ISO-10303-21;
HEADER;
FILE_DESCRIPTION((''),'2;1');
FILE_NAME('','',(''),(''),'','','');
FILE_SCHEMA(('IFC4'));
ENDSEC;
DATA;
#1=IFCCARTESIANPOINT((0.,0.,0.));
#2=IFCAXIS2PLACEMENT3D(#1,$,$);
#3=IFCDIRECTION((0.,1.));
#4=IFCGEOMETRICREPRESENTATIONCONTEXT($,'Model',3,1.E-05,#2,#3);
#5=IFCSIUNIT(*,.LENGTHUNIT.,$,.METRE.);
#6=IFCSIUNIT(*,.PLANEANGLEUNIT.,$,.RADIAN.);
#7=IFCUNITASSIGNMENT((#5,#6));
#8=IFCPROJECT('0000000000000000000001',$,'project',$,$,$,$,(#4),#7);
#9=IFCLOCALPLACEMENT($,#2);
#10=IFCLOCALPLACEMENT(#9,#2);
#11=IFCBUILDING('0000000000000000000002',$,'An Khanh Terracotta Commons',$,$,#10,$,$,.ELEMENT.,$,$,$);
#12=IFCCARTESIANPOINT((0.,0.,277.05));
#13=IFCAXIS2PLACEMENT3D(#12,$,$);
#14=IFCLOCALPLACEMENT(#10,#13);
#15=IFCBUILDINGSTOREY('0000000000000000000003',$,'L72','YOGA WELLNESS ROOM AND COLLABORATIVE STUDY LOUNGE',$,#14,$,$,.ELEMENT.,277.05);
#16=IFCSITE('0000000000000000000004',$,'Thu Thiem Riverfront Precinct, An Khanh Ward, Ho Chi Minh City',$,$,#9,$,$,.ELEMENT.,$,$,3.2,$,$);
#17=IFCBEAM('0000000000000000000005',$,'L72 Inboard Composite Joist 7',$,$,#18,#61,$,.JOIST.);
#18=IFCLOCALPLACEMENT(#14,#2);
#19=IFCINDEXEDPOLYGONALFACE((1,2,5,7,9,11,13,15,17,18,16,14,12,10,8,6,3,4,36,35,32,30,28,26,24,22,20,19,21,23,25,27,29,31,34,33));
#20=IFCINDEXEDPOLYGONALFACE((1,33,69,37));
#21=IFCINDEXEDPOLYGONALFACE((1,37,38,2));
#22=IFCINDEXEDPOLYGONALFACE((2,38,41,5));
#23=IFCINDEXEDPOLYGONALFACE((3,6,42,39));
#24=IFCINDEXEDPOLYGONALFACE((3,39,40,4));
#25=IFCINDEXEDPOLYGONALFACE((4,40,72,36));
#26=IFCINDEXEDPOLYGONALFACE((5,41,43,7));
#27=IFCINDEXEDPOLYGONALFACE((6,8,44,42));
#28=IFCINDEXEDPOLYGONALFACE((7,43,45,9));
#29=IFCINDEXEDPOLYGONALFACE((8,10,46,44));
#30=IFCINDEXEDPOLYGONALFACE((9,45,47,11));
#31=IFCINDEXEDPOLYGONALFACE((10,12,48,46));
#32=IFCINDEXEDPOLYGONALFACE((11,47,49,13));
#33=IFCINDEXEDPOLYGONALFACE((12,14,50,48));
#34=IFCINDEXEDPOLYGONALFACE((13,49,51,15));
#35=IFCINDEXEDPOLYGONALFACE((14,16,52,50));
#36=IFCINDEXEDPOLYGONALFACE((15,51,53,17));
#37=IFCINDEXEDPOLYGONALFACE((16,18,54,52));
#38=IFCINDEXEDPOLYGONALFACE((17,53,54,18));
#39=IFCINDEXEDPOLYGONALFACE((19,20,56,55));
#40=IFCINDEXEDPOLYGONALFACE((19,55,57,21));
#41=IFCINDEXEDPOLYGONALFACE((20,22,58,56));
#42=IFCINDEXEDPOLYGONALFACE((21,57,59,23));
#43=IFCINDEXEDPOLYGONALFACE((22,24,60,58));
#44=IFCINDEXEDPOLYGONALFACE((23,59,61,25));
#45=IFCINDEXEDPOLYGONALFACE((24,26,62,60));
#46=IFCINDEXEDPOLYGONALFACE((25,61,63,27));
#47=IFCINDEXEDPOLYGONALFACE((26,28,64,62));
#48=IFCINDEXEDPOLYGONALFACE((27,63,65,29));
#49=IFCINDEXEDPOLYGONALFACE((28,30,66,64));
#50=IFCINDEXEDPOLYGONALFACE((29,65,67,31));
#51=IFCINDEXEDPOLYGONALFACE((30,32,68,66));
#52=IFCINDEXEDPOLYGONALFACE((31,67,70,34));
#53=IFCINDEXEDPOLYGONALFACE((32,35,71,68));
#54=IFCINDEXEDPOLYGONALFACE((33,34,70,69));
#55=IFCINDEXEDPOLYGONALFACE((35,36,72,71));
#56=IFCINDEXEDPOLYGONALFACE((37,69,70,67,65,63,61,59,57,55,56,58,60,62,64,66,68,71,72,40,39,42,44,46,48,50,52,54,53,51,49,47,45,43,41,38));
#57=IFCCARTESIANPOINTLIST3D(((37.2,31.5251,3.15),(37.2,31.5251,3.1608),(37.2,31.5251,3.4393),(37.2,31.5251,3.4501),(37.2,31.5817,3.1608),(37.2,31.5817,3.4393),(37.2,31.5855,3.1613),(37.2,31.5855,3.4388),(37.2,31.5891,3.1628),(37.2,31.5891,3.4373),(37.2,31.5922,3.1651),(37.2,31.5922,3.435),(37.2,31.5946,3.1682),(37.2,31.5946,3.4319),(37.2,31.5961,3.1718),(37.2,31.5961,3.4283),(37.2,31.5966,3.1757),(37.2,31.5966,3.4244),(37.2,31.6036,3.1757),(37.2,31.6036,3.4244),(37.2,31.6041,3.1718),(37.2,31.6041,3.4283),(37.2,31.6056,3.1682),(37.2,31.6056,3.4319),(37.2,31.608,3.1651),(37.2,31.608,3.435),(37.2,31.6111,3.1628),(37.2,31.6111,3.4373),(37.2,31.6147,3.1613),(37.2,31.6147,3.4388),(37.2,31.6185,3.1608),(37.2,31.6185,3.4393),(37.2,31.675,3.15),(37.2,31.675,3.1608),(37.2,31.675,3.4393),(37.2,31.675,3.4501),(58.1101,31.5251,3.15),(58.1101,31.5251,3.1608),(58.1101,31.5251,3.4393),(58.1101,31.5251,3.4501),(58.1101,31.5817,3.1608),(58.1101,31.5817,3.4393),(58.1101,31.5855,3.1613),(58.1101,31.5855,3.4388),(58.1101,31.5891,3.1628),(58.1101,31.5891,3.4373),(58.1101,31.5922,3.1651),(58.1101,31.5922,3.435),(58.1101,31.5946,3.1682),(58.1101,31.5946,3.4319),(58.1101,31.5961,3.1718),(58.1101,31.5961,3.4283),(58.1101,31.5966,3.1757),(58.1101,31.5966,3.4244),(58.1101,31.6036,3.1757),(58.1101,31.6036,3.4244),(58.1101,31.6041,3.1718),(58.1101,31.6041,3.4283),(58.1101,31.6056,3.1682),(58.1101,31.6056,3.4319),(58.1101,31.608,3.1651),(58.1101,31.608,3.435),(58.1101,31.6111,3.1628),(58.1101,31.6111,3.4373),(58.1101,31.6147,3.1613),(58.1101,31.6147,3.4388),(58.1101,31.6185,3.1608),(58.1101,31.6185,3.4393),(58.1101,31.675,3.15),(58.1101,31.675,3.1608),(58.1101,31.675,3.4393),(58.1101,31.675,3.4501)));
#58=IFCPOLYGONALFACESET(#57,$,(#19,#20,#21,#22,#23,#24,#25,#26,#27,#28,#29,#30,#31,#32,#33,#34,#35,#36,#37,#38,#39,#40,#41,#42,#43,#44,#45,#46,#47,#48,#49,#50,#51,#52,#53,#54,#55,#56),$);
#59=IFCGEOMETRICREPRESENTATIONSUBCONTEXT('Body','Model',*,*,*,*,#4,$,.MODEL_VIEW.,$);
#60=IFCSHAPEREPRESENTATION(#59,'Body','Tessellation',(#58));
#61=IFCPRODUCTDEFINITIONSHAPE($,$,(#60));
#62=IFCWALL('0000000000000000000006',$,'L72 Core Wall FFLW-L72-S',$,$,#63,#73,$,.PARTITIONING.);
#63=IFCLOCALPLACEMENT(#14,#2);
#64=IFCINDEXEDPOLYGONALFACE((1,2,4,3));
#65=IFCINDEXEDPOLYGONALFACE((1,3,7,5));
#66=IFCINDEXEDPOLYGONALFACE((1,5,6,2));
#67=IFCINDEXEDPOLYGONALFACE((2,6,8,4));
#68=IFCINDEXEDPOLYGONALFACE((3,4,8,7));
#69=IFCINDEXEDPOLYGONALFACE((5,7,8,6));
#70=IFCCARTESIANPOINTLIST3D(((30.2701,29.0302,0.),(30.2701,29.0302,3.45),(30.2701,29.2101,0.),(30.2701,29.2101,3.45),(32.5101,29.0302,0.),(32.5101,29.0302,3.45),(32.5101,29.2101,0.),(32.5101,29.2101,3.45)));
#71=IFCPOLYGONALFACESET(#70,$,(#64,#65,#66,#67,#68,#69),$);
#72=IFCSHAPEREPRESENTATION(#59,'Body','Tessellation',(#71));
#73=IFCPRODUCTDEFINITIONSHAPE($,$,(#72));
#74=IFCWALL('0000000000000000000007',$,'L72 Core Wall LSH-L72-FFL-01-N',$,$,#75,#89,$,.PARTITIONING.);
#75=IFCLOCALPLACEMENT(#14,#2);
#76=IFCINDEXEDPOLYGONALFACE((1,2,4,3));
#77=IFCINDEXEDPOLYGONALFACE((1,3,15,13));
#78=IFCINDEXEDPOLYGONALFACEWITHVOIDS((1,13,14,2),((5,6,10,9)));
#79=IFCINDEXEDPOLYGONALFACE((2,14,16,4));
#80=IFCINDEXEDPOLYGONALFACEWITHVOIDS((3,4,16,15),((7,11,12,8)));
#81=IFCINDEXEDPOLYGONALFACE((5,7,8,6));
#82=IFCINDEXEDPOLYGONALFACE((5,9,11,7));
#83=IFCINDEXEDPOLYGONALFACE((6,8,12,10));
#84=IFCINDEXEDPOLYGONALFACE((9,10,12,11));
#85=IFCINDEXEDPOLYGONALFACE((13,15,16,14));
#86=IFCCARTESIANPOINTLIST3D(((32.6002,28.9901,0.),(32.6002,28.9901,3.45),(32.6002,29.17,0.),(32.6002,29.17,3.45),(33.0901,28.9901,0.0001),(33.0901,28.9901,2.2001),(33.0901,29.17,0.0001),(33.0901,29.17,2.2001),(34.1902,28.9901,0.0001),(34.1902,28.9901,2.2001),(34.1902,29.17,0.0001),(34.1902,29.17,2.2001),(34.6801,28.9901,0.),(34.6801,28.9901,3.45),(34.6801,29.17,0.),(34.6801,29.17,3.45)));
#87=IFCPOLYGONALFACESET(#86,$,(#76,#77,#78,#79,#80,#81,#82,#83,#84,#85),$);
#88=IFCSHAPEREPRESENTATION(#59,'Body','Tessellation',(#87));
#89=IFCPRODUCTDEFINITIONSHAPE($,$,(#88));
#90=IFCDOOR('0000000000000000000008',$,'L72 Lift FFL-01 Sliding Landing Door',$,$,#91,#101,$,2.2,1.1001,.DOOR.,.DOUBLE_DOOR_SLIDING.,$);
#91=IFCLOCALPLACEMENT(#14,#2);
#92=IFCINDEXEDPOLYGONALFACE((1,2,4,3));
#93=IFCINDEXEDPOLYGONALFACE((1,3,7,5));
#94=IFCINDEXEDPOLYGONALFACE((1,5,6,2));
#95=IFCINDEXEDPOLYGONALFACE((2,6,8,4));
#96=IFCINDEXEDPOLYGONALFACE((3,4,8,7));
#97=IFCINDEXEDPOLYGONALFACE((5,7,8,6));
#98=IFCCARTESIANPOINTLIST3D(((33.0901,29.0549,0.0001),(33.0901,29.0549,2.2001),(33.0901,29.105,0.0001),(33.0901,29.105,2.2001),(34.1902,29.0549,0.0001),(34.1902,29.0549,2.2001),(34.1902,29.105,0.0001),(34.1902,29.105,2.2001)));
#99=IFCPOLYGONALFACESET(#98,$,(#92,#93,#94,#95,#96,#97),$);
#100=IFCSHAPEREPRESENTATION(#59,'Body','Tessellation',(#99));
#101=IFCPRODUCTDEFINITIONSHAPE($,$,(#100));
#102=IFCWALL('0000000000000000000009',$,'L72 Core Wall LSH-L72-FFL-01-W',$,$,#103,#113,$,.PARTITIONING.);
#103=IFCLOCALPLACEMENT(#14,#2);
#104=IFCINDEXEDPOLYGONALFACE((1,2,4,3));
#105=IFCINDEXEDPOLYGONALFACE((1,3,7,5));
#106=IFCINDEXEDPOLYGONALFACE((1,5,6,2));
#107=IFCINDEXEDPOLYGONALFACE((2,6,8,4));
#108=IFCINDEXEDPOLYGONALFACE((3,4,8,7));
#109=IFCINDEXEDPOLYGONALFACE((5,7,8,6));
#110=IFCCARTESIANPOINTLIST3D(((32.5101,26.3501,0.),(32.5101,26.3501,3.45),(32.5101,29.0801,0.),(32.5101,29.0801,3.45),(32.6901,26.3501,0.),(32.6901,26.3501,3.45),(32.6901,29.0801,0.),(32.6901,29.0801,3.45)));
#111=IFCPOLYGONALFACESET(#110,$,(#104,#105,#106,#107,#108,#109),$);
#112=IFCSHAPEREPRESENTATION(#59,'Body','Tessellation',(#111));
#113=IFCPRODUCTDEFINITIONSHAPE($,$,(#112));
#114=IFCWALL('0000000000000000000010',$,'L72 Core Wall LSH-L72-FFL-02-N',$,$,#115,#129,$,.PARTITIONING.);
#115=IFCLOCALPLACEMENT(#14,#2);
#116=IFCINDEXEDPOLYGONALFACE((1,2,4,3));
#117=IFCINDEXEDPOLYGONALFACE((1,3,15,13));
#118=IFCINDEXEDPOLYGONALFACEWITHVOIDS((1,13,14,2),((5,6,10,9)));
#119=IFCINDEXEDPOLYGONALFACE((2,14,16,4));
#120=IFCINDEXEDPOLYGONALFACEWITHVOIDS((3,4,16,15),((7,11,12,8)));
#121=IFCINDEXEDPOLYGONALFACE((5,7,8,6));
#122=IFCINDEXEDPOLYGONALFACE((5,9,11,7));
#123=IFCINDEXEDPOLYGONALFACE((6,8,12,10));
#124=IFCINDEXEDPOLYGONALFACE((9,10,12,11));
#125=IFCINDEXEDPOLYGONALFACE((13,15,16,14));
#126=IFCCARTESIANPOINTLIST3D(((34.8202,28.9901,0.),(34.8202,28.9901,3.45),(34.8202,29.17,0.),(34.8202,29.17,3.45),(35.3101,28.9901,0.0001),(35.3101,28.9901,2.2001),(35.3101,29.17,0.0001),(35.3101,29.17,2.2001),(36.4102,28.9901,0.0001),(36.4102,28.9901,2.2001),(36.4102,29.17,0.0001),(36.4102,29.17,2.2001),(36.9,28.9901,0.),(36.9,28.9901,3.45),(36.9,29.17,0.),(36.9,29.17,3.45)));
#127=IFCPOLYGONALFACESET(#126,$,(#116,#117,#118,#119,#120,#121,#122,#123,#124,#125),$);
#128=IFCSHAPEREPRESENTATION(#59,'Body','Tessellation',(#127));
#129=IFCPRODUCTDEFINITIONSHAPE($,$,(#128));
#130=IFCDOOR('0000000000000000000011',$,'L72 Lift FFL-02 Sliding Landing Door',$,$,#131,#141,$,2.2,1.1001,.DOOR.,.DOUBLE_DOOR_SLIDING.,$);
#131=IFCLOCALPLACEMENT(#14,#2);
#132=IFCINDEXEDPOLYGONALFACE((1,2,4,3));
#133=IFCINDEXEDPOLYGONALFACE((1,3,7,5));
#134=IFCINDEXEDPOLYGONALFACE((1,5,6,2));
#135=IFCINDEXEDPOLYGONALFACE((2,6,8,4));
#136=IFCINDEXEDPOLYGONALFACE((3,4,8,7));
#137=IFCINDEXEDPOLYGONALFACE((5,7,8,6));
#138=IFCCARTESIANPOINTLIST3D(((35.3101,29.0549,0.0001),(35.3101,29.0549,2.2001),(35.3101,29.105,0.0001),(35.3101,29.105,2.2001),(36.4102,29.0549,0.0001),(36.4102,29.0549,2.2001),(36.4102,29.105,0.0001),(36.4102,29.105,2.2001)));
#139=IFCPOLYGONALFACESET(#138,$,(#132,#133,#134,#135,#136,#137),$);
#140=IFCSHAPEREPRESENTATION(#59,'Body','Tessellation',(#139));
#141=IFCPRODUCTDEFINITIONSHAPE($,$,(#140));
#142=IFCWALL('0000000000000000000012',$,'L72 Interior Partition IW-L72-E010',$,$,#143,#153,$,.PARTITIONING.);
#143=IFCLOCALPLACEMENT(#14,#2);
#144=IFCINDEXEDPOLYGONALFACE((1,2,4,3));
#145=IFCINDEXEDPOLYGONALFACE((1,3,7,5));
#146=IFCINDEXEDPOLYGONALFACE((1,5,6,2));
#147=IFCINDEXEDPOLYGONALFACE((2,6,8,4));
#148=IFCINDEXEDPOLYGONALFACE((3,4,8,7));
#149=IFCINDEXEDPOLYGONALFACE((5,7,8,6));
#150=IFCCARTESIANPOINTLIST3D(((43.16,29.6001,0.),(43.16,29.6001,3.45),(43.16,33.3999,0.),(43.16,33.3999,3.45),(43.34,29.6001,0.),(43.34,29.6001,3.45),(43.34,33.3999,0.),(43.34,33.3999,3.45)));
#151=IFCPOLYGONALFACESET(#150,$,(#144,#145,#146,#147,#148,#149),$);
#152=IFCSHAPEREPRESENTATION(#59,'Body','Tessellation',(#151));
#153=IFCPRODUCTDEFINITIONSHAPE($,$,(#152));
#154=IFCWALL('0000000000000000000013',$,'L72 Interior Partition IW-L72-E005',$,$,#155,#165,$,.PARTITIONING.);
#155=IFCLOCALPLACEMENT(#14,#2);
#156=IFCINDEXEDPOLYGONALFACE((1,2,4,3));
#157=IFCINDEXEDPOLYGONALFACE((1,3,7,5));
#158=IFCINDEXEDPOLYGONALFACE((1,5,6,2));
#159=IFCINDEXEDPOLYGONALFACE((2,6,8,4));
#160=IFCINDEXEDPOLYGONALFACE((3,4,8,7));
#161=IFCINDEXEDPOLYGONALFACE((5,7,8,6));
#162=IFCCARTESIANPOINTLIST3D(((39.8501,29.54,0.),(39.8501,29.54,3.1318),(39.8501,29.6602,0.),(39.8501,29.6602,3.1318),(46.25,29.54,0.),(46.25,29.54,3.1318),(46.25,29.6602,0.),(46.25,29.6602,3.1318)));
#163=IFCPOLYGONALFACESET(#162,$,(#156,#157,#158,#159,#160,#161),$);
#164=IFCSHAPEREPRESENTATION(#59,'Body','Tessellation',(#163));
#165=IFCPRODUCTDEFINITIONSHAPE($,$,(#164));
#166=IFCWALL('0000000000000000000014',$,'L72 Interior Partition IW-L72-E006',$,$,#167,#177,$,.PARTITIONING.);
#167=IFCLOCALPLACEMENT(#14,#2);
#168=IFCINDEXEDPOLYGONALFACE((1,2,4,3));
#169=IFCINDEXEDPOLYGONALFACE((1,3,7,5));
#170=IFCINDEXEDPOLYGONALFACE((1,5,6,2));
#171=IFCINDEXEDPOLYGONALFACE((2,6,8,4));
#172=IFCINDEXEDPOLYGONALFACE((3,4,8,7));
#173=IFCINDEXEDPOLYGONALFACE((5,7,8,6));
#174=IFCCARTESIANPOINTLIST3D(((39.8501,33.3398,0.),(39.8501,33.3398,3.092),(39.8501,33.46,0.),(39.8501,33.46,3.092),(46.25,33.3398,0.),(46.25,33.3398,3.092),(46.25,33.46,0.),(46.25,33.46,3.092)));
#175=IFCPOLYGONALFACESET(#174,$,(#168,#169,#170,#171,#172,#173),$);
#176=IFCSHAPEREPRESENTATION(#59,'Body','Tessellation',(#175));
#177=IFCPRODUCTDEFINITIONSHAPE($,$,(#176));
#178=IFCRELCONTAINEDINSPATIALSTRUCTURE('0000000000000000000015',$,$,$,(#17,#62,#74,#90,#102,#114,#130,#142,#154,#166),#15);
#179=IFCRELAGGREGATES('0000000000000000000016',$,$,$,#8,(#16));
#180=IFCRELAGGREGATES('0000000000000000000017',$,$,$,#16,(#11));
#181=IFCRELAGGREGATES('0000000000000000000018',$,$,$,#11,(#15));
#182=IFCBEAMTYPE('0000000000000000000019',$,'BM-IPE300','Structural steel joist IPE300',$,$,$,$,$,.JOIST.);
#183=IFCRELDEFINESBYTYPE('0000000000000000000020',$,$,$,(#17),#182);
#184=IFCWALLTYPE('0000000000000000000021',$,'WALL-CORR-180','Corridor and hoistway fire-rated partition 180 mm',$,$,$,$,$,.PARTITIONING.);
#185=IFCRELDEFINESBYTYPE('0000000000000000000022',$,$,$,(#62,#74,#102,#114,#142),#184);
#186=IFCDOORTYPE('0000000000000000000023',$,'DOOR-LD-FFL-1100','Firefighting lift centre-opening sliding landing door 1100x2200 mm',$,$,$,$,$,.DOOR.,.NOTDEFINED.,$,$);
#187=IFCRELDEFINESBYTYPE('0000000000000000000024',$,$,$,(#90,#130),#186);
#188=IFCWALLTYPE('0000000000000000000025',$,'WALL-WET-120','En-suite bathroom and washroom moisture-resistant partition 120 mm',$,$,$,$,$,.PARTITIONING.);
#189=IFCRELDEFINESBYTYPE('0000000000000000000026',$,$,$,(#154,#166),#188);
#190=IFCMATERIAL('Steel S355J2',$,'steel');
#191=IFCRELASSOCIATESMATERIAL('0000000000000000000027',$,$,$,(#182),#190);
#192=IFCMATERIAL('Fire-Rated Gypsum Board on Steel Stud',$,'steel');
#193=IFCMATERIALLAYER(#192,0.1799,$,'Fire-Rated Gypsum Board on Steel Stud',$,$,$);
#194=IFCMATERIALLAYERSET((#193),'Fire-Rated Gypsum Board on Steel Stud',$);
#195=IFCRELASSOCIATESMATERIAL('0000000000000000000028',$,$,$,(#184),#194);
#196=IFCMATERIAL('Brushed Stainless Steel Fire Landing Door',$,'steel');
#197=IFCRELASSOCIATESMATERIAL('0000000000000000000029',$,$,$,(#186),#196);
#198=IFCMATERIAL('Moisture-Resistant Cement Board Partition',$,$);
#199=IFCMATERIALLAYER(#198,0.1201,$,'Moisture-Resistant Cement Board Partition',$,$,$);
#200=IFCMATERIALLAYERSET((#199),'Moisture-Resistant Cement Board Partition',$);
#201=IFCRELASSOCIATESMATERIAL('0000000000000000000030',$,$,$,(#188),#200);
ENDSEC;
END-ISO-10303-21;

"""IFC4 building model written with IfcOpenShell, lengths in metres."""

from ifc_helpers import new_model, si_unit, direction, frame, frame_2d, origin, origin_2d, place, context, subcontext, project, spatial, rectangle, i_section, extrude, material, layer, layer_set, material_profile, profile_set, type_object, element, fill, save


model = new_model("IFC4")

# Units and contexts
model_context = context("Model", 3, precision=1e-05, world=origin(), true_north=direction((0.0, 1.0)))
body_context = subcontext(model_context, "Body", "Model", "MODEL_VIEW")
ifc_project = project(units=[si_unit("LENGTHUNIT", "METRE"), si_unit("PLANEANGLEUNIT", "RADIAN")], contexts=[model_context])

# Site, building, storey
site_placement = place(None, origin())
site = spatial("IfcSite", under=ifc_project, at=site_placement, Name="Thu Thiem Riverfront Precinct, An Khanh Ward, Ho Chi Minh City", CompositionType="ELEMENT", RefElevation=3.2)
building_placement = place(site_placement, origin())
building = spatial("IfcBuilding", under=site, at=building_placement, Name="An Khanh Terracotta Commons", CompositionType="ELEMENT")
storey_placement = place(building_placement, frame((0.0, 0.0, 277.05)))
storey = spatial("IfcBuildingStorey", under=building, at=storey_placement, Name="L72", Description="YOGA WELLNESS ROOM AND COLLABORATIVE STUDY LOUNGE", CompositionType="ELEMENT", Elevation=277.05)

# Beam
ifc_material_1 = material(Name="Steel S355J2", Category="steel")
ifc_material_profile_1 = material_profile(ifc_material_1, i_section(OverallWidth=0.1499, OverallDepth=0.3, WebThickness=0.0071, FlangeThickness=0.0107, FilletRadius=0.0149, at=origin_2d()), Name="IPE300")
ifc_profile_set_1 = profile_set([ifc_material_profile_1], Name="Steel S355J2")
beam_type_1 = type_object("IfcBeamType", Name="BM-IPE300", Description="Structural steel joist IPE300", PredefinedType="JOIST", material=ifc_profile_set_1)
for number, where, z_axis, x_axis, name in (
    (1, (37.2, 31.6001, 3.3), (1.0, 0.0, 0.0), (0.0, 1.0, 0.0), "L72 Inboard Composite Joist 7"),
):
    element("IfcBeam", number, at=place(storey_placement, frame(where, z_axis=z_axis, x_axis=x_axis)), inside=storey, type_object=beam_type_1, Name=name, PredefinedType="JOIST", context=body_context, shape_type="SweptSolid", body=[
        extrude(i_section(OverallWidth=0.1499, OverallDepth=0.3, WebThickness=0.0071, FlangeThickness=0.0107, FilletRadius=0.0149, at=origin_2d()), origin(), (0.0, 0.0, 1.0), 20.9102),
    ])

# Wall
ifc_material_2 = material(Name="Fire-Rated Gypsum Board on Steel Stud", Category="steel")
ifc_layer_1 = layer(ifc_material_2, 0.1799, Name="Fire-Rated Gypsum Board on Steel Stud")
ifc_layer_set_1 = layer_set([ifc_layer_1], Name="Fire-Rated Gypsum Board on Steel Stud")
wall_type_1 = type_object("IfcWallType", Name="WALL-CORR-180", Description="Corridor and hoistway fire-rated partition 180 mm", PredefinedType="PARTITIONING", material=ifc_layer_set_1)
wall_1_placement = place(storey_placement, frame((30.27, 29.1201, 0.0), z_axis=(0.0, 0.0, 1.0), x_axis=(1.0, 0.0, 0.0)))
element("IfcWall", 2, at=wall_1_placement, inside=storey, type_object=wall_type_1, Name="L72 Core Wall FFLW-L72-S", PredefinedType="PARTITIONING", context=body_context, shape_type="SweptSolid", body=[
    extrude(rectangle(XDim=2.24, YDim=0.1799, at=frame_2d((1.1201, 0.0))), origin(), (0.0, 0.0, 1.0), 3.45),
])

# Wall, opening, door
wall_2_placement = place(storey_placement, frame((32.6001, 29.0801, 0.0), z_axis=(0.0, 0.0, 1.0), x_axis=(1.0, 0.0, 0.0)))
wall_2 = element("IfcWall", 3, at=wall_2_placement, inside=storey, type_object=wall_type_1, Name="L72 Core Wall LSH-L72-FFL-01-N", PredefinedType="PARTITIONING", context=body_context, shape_type="SweptSolid", body=[
    extrude(rectangle(XDim=2.0798, YDim=0.1799, at=frame_2d((1.04, 0.0))), origin(), (0.0, 0.0, 1.0), 3.45),
])
opening_1_placement = place(wall_2_placement, frame((0.49, 0.0, 0.0)))
opening_1 = element("IfcOpeningElement", 4, at=opening_1_placement, cuts=wall_2, PredefinedType="OPENING", context=body_context, shape_type="SweptSolid", body=[
    extrude(rectangle(XDim=1.1001, YDim=2.2, at=frame_2d((0.55, 1.1001))), frame((0.0, 0.0999, 0.0), z_axis=(0.0, -1.0, 0.0), x_axis=(1.0, 0.0, 0.0)), (0.0, 0.0, 1.0), 0.2),
])
ifc_material_3 = material(Name="Brushed Stainless Steel Fire Landing Door", Category="steel")
door_type_1 = type_object("IfcDoorType", Name="DOOR-LD-FFL-1100", Description="Firefighting lift centre-opening sliding landing door 1100x2200 mm", OperationType="NOTDEFINED", PredefinedType="DOOR", material=ifc_material_3)
door_1_placement = place(opening_1_placement, origin())
door_1 = element("IfcDoor", 5, at=door_1_placement, inside=storey, type_object=door_type_1, Name="L72 Lift FFL-01 Sliding Landing Door", OperationType="DOUBLE_DOOR_SLIDING", OverallHeight=2.2, OverallWidth=1.1001, PredefinedType="DOOR", context=body_context, shape_type="SweptSolid", body=[
    extrude(rectangle(XDim=1.1001, YDim=2.2, at=frame_2d((0.55, 1.1001))), frame((0.0, 0.0249, 0.0), z_axis=(0.0, -1.0, 0.0), x_axis=(1.0, 0.0, 0.0)), (0.0, 0.0, 1.0), 0.05),
])
fill(opening_1, door_1)

# Wall
wall_3_placement = place(storey_placement, frame((32.6001, 29.0801, 0.0), z_axis=(0.0, 0.0, 1.0), x_axis=(0.0, -1.0, 0.0)))
element("IfcWall", 6, at=wall_3_placement, inside=storey, type_object=wall_type_1, Name="L72 Core Wall LSH-L72-FFL-01-W", PredefinedType="PARTITIONING", context=body_context, shape_type="SweptSolid", body=[
    extrude(rectangle(XDim=2.73, YDim=0.1799, at=frame_2d((1.365, 0.0))), origin(), (0.0, 0.0, 1.0), 3.45),
])

# Wall, opening, door
wall_4_placement = place(storey_placement, frame((34.8201, 29.0801, 0.0), z_axis=(0.0, 0.0, 1.0), x_axis=(1.0, 0.0, 0.0)))
wall_4 = element("IfcWall", 7, at=wall_4_placement, inside=storey, type_object=wall_type_1, Name="L72 Core Wall LSH-L72-FFL-02-N", PredefinedType="PARTITIONING", context=body_context, shape_type="SweptSolid", body=[
    extrude(rectangle(XDim=2.0798, YDim=0.1799, at=frame_2d((1.04, 0.0))), origin(), (0.0, 0.0, 1.0), 3.45),
])
opening_2_placement = place(wall_4_placement, frame((0.49, 0.0, 0.0)))
opening_2 = element("IfcOpeningElement", 8, at=opening_2_placement, cuts=wall_4, PredefinedType="OPENING", context=body_context, shape_type="SweptSolid", body=[
    extrude(rectangle(XDim=1.1001, YDim=2.2, at=frame_2d((0.55, 1.1001))), frame((0.0, 0.0999, 0.0), z_axis=(0.0, -1.0, 0.0), x_axis=(1.0, 0.0, 0.0)), (0.0, 0.0, 1.0), 0.2),
])
door_2_placement = place(opening_2_placement, origin())
door_2 = element("IfcDoor", 9, at=door_2_placement, inside=storey, type_object=door_type_1, Name="L72 Lift FFL-02 Sliding Landing Door", OperationType="DOUBLE_DOOR_SLIDING", OverallHeight=2.2, OverallWidth=1.1001, PredefinedType="DOOR", context=body_context, shape_type="SweptSolid", body=[
    extrude(rectangle(XDim=1.1001, YDim=2.2, at=frame_2d((0.55, 1.1001))), frame((0.0, 0.0249, 0.0), z_axis=(0.0, -1.0, 0.0), x_axis=(1.0, 0.0, 0.0)), (0.0, 0.0, 1.0), 0.05),
])
fill(opening_2, door_2)

# Wall
wall_5_placement = place(storey_placement, frame((43.25, 29.6001, 0.0), z_axis=(0.0, 0.0, 1.0), x_axis=(0.0, 1.0, 0.0)))
element("IfcWall", 10, at=wall_5_placement, inside=storey, type_object=wall_type_1, Name="L72 Interior Partition IW-L72-E010", PredefinedType="PARTITIONING", context=body_context, shape_type="SweptSolid", body=[
    extrude(rectangle(XDim=3.7998, YDim=0.1799, at=frame_2d((1.8999, 0.0))), origin(), (0.0, 0.0, 1.0), 3.45),
])

# Walls
ifc_material_4 = material(Name="Moisture-Resistant Cement Board Partition")
ifc_layer_2 = layer(ifc_material_4, 0.1201, Name="Moisture-Resistant Cement Board Partition")
ifc_layer_set_2 = layer_set([ifc_layer_2], Name="Moisture-Resistant Cement Board Partition")
wall_type_2 = type_object("IfcWallType", Name="WALL-WET-120", Description="En-suite bathroom and washroom moisture-resistant partition 120 mm", PredefinedType="PARTITIONING", material=ifc_layer_set_2)
wall_6_placement = place(storey_placement, frame((39.8501, 29.6001, 0.0), z_axis=(0.0, 0.0, 1.0), x_axis=(1.0, 0.0, 0.0)))
element("IfcWall", 11, at=wall_6_placement, inside=storey, type_object=wall_type_2, Name="L72 Interior Partition IW-L72-E005", PredefinedType="PARTITIONING", context=body_context, shape_type="SweptSolid", body=[
    extrude(rectangle(XDim=6.3999, YDim=0.1201, at=frame_2d((3.2, 0.0))), origin(), (0.0, 0.0, 1.0), 3.1318),
])
wall_7_placement = place(storey_placement, frame((39.8501, 33.3999, 0.0), z_axis=(0.0, 0.0, 1.0), x_axis=(1.0, 0.0, 0.0)))
element("IfcWall", 12, at=wall_7_placement, inside=storey, type_object=wall_type_2, Name="L72 Interior Partition IW-L72-E006", PredefinedType="PARTITIONING", context=body_context, shape_type="SweptSolid", body=[
    extrude(rectangle(XDim=6.3999, YDim=0.1201, at=frame_2d((3.2, 0.0))), origin(), (0.0, 0.0, 1.0), 3.092),
])

save(model, "model.ifc")
